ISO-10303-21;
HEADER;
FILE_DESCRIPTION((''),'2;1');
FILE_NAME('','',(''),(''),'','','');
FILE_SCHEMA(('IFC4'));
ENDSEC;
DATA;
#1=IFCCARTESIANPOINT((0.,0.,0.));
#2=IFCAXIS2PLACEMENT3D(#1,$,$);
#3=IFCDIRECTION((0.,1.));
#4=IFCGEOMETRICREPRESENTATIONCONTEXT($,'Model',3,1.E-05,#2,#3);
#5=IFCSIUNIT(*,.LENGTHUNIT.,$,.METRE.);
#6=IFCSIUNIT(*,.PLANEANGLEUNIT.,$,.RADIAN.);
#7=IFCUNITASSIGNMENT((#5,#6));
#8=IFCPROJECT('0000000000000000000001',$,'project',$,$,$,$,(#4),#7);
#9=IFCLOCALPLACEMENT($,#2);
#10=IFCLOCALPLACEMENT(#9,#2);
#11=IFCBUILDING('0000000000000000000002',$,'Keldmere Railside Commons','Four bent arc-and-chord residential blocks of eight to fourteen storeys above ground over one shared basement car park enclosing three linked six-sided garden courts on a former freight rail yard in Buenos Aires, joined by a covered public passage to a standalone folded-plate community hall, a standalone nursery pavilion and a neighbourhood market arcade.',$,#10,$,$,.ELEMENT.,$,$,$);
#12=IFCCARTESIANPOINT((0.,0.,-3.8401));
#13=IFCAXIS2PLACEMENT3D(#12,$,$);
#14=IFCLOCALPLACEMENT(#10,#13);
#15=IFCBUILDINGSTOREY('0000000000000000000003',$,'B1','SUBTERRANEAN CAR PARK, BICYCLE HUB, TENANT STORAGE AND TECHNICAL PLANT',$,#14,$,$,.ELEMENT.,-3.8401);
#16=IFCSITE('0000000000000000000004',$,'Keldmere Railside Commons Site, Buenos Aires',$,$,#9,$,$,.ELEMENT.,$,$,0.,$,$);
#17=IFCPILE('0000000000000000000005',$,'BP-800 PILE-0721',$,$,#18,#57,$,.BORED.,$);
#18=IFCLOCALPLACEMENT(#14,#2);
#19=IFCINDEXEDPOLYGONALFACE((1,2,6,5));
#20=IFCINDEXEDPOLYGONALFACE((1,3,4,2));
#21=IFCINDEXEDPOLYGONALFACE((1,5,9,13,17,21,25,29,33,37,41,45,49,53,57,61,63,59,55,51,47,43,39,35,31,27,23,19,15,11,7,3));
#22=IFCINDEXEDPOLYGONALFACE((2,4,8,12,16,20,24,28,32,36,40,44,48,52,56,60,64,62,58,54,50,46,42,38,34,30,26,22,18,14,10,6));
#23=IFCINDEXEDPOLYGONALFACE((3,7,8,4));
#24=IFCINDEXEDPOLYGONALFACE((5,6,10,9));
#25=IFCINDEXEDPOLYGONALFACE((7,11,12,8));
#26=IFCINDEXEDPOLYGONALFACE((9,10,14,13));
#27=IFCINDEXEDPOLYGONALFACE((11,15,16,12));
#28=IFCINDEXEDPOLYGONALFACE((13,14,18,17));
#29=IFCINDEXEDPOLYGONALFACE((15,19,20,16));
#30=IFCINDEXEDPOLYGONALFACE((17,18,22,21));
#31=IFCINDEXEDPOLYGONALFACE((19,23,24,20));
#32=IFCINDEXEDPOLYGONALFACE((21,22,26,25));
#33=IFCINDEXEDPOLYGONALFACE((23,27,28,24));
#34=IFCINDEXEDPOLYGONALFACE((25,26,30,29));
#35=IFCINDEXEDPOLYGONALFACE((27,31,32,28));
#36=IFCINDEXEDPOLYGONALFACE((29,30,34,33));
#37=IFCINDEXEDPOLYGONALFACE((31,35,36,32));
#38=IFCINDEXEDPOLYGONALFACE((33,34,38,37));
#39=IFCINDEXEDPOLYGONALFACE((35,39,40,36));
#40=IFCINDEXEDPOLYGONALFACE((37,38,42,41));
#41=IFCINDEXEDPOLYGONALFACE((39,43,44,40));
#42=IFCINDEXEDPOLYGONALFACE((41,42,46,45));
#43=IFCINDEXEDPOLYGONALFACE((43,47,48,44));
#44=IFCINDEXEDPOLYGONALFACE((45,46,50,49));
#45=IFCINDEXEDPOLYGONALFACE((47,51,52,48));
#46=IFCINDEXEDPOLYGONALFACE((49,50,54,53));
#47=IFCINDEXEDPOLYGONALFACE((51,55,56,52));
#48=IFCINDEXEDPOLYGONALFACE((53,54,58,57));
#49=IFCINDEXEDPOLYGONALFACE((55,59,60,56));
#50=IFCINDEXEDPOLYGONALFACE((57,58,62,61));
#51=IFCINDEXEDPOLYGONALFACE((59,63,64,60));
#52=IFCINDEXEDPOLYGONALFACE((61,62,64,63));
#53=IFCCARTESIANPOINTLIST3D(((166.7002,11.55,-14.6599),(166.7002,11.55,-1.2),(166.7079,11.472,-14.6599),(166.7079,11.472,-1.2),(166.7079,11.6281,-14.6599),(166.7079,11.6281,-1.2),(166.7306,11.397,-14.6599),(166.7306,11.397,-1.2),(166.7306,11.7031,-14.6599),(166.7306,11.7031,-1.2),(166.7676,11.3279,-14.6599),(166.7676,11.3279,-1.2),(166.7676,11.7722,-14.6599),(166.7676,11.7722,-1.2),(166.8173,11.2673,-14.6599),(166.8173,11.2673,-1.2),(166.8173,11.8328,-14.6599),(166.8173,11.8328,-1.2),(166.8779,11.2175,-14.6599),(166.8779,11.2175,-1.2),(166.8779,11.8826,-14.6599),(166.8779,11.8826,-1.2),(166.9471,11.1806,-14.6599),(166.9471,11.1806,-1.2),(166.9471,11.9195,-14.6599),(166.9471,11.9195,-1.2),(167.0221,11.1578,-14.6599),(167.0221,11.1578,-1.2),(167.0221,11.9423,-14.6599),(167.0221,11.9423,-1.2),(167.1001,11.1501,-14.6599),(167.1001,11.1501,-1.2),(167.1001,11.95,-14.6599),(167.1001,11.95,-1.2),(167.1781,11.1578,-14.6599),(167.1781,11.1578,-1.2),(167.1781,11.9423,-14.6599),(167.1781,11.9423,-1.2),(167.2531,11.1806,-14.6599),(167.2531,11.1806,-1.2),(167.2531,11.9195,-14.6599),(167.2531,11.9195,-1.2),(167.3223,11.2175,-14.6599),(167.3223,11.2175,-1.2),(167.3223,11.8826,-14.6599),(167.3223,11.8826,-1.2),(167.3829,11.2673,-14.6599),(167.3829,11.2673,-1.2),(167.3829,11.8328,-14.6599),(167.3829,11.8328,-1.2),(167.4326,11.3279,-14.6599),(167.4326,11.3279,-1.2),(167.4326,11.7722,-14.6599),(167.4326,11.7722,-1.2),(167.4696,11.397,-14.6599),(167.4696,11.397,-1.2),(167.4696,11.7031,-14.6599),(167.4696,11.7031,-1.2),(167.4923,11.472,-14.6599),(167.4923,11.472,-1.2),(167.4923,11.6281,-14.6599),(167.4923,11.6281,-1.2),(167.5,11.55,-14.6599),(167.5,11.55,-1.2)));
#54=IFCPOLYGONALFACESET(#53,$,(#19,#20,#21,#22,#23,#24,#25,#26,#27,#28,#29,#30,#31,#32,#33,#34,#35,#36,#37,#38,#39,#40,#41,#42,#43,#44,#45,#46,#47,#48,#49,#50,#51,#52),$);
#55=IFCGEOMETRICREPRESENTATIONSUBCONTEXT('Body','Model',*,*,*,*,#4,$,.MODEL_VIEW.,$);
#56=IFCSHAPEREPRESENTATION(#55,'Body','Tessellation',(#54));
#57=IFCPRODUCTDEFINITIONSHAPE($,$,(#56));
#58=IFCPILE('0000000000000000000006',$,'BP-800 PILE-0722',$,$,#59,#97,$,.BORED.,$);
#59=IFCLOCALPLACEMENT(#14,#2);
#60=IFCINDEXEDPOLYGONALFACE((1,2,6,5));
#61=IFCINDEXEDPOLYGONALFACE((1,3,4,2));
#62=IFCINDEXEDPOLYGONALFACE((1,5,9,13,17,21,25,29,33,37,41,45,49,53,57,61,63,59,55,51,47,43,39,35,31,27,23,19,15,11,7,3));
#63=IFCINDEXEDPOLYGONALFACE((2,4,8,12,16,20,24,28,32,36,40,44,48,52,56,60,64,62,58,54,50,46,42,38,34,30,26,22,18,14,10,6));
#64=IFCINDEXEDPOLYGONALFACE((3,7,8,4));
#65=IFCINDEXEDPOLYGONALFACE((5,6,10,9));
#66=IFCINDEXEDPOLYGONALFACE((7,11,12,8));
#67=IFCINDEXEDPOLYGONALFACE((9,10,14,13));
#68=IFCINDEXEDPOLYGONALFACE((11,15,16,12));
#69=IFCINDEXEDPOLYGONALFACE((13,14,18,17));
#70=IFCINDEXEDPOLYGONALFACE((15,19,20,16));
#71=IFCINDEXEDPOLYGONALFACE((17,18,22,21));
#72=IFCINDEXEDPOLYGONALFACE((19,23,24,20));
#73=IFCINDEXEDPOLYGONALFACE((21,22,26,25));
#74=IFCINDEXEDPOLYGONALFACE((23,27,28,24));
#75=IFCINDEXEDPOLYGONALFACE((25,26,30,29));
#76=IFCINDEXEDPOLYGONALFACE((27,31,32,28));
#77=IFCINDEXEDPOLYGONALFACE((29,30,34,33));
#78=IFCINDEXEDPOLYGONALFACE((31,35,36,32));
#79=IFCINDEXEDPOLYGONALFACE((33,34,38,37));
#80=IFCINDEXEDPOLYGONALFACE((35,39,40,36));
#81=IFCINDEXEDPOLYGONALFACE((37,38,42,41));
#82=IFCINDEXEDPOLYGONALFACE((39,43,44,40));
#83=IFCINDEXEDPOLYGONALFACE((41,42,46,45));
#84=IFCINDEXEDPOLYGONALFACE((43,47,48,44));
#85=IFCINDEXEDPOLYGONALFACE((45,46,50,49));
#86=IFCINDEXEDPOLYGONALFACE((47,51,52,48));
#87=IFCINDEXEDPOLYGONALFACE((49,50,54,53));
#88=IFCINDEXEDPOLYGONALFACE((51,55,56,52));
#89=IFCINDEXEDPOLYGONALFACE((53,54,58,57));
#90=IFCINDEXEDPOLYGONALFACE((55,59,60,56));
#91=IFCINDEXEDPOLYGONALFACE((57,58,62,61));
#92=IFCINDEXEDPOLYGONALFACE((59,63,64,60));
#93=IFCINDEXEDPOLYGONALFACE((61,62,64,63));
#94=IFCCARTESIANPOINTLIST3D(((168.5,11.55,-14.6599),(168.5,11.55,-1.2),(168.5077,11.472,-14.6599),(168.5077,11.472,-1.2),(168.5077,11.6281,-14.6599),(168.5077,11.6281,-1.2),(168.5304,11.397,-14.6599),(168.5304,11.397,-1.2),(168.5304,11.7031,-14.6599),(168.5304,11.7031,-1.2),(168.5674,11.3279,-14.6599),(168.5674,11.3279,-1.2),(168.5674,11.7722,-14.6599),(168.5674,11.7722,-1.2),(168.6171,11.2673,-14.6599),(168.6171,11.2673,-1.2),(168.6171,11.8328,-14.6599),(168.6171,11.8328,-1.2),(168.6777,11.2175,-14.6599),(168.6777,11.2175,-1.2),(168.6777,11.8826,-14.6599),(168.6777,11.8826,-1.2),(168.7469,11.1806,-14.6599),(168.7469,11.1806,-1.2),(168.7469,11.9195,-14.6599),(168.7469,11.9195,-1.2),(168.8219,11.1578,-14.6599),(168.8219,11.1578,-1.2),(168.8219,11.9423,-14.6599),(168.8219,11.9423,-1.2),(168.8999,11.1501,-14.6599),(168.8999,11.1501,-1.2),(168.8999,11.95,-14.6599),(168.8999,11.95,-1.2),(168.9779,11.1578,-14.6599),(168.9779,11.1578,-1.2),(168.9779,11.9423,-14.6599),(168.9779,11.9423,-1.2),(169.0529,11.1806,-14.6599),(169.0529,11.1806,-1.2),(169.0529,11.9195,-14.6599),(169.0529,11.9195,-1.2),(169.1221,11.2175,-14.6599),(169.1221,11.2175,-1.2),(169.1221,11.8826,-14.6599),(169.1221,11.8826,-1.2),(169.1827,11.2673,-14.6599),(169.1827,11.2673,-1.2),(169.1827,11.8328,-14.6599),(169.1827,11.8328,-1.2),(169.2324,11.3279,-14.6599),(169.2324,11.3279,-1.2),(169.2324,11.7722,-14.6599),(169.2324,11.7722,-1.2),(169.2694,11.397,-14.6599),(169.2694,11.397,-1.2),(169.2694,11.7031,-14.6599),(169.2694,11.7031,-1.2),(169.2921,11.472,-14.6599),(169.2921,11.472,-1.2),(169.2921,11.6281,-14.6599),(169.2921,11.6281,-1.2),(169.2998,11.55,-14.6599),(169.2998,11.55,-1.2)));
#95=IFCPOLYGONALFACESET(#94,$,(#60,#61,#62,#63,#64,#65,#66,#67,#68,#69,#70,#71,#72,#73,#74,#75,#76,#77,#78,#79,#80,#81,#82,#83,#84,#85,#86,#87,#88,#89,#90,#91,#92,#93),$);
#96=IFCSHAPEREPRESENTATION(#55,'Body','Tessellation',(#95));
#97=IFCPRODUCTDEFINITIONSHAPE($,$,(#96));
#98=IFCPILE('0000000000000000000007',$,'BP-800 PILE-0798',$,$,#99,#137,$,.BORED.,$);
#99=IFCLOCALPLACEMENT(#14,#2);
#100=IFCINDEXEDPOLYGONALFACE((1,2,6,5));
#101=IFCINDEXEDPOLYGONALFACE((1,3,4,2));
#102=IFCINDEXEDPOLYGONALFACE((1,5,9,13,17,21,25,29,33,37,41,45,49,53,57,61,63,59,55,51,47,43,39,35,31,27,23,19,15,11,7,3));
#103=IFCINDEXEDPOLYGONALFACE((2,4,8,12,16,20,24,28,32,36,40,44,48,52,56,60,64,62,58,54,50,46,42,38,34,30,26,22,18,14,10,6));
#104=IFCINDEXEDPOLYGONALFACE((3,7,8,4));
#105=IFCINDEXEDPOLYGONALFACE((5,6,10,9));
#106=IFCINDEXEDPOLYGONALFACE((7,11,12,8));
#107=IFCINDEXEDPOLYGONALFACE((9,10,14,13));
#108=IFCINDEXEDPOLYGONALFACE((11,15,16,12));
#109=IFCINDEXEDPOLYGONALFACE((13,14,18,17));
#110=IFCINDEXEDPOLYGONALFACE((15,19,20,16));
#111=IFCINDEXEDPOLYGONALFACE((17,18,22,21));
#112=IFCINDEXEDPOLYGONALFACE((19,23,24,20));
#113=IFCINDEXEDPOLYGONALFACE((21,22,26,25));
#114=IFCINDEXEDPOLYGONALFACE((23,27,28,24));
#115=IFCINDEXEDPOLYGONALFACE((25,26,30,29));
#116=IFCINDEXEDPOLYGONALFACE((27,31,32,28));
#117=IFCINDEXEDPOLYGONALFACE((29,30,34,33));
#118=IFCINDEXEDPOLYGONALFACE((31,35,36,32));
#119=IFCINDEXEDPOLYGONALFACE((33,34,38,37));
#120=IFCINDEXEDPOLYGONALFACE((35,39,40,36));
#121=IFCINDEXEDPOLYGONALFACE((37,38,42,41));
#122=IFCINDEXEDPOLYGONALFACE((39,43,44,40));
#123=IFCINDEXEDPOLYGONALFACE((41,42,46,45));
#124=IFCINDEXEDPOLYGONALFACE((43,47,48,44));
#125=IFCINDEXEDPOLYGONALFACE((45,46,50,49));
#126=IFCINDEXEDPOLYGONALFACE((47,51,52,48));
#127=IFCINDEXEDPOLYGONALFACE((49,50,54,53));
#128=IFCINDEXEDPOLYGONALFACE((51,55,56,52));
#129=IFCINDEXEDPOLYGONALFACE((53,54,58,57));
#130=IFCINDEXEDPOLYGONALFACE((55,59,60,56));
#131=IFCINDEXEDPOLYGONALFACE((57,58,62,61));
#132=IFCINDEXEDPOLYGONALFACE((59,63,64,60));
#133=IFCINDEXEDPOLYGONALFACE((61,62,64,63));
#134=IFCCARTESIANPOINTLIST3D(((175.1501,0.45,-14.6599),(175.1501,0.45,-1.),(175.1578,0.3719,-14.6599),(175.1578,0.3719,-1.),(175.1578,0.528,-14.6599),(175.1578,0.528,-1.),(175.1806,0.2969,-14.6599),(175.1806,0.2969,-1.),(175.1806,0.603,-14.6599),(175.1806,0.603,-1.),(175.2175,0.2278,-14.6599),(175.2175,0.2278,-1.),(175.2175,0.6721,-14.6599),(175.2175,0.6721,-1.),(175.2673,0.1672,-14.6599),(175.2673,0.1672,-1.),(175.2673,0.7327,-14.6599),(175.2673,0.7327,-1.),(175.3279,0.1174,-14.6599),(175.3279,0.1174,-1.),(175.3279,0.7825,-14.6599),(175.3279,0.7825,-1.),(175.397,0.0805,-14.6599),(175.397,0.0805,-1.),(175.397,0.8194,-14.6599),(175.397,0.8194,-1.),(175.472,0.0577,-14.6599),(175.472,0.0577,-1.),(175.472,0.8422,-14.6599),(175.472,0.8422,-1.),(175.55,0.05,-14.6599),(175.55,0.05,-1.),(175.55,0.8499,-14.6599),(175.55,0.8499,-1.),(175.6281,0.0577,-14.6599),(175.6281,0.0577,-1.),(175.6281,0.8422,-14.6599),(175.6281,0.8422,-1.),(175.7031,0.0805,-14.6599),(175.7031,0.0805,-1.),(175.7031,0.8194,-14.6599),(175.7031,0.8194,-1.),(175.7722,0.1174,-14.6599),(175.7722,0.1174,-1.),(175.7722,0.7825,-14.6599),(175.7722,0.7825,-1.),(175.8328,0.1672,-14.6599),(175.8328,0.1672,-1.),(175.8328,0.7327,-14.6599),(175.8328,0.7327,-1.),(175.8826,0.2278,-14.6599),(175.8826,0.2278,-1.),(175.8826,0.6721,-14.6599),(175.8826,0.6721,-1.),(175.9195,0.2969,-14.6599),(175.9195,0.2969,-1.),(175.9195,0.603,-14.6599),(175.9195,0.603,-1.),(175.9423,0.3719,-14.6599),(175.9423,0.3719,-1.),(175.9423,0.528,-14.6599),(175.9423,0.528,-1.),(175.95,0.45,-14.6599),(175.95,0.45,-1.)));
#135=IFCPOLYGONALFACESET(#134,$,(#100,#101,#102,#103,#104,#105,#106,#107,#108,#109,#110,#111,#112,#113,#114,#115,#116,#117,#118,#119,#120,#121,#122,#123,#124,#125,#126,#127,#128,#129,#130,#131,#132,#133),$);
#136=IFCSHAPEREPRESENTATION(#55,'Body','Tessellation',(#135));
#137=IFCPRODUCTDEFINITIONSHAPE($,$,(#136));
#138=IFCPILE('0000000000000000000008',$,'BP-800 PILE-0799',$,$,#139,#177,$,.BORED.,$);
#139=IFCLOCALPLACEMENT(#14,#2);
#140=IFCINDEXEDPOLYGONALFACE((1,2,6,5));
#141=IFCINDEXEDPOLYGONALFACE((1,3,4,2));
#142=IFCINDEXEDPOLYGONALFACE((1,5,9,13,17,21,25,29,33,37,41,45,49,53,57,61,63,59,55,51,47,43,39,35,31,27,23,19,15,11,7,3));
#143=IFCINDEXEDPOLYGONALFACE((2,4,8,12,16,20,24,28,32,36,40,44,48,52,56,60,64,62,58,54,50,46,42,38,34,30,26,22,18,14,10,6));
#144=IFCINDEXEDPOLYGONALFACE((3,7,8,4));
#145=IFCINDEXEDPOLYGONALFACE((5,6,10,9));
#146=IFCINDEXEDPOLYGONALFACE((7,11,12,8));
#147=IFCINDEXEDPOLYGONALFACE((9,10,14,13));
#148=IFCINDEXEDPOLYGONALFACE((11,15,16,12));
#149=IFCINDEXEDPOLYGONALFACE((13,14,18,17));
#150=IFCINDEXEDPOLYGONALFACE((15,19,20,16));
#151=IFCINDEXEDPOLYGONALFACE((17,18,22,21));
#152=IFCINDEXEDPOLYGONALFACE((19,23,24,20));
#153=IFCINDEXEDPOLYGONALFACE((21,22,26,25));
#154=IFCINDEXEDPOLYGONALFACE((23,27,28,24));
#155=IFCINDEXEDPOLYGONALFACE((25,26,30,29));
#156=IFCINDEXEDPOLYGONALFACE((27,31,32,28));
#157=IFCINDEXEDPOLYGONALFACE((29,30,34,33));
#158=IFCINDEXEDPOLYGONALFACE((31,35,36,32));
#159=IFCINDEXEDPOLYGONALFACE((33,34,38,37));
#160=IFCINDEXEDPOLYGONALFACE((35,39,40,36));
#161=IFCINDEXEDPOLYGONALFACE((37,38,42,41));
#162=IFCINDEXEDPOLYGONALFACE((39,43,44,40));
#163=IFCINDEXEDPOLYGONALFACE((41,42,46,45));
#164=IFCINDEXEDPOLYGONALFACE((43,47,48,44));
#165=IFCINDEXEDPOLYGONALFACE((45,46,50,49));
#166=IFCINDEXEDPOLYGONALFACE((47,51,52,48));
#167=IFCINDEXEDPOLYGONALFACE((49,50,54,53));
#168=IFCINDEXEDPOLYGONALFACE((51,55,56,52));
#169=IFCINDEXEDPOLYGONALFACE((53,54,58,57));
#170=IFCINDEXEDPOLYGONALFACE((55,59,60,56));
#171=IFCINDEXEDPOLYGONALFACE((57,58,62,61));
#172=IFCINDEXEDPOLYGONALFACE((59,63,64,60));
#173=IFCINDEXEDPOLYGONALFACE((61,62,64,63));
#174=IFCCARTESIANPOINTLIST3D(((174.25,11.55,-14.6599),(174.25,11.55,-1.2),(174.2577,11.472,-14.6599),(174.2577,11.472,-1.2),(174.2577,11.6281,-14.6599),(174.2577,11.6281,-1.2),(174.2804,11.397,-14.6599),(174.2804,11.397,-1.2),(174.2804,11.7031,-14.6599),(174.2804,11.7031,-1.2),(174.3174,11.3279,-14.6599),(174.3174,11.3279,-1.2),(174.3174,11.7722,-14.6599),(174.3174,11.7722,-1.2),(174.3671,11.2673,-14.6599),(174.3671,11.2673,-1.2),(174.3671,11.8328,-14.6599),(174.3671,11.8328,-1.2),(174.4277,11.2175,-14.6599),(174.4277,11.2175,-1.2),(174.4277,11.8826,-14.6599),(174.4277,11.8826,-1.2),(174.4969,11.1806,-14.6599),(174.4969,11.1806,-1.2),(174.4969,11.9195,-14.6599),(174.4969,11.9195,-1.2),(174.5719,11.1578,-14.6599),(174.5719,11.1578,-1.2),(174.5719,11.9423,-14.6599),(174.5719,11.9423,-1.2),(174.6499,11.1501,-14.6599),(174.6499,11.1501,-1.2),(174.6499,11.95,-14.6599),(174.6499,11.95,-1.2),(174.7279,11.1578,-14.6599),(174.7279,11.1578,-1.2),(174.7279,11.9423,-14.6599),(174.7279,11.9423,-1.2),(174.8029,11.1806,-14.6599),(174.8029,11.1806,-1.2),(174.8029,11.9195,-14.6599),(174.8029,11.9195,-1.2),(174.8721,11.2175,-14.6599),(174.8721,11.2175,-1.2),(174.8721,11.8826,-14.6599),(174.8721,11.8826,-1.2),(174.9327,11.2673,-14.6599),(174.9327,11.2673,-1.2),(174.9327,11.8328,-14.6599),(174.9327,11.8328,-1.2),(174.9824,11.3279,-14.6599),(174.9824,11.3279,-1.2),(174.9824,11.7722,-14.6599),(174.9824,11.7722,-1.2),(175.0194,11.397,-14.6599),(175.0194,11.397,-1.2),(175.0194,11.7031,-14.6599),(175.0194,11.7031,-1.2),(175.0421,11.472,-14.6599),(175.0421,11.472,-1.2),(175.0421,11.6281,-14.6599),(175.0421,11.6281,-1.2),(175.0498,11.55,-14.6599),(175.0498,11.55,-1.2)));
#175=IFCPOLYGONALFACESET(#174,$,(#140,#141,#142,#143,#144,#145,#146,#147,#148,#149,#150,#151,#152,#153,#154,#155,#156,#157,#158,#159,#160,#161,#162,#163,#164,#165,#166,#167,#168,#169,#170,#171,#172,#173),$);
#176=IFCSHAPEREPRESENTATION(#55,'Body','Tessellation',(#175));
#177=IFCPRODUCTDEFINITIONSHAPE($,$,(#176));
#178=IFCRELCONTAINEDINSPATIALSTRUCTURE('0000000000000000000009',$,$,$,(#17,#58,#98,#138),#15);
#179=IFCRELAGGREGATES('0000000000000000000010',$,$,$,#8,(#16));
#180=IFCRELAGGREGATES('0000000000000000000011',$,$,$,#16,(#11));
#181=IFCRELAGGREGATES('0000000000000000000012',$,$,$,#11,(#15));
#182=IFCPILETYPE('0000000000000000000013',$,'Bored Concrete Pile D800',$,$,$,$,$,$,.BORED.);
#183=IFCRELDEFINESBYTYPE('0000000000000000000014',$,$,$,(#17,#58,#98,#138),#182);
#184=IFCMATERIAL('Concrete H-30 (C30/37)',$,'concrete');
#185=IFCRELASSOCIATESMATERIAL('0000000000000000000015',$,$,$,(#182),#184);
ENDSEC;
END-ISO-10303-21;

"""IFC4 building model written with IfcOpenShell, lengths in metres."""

from ifc_helpers import new_model, si_unit, direction, frame, origin, origin_2d, place, context, subcontext, project, spatial, circle, extrude, material, material_profile, profile_set, type_object, element, save


model = new_model("IFC4")

# Units and contexts
model_context = context("Model", 3, precision=1e-05, world=origin(), true_north=direction((0.0, 1.0)))
body_context = subcontext(model_context, "Body", "Model", "MODEL_VIEW")
ifc_project = project(units=[si_unit("LENGTHUNIT", "METRE"), si_unit("PLANEANGLEUNIT", "RADIAN")], contexts=[model_context])

# Site, building, storey
site_placement = place(None, origin())
site = spatial("IfcSite", under=ifc_project, at=site_placement, Name="Keldmere Railside Commons Site, Buenos Aires", CompositionType="ELEMENT", RefElevation=0.0)
building_placement = place(site_placement, origin())
building = spatial("IfcBuilding", under=site, at=building_placement, Name="Keldmere Railside Commons", Description="Four bent arc-and-chord residential blocks of eight to fourteen storeys above ground over one shared basement car park enclosing three linked six-sided garden courts on a former freight rail yard in Buenos Aires, joined by a covered public passage to a standalone folded-plate community hall, a standalone nursery pavilion and a neighbourhood market arcade.", CompositionType="ELEMENT")
storey_placement = place(building_placement, frame((0.0, 0.0, -3.8401)))
storey = spatial("IfcBuildingStorey", under=building, at=storey_placement, Name="B1", Description="SUBTERRANEAN CAR PARK, BICYCLE HUB, TENANT STORAGE AND TECHNICAL PLANT", CompositionType="ELEMENT", Elevation=-3.8401)

# Piles
ifc_material_1 = material(Name="Concrete H-30 (C30/37)", Category="concrete")
ifc_material_profile_1 = material_profile(ifc_material_1, circle(Radius=0.3999, at=origin_2d()), Name="PILE-D800")
ifc_profile_set_1 = profile_set([ifc_material_profile_1], Name="Concrete H-30 (C30/37)")
pile_type = type_object("IfcPileType", Name="Bored Concrete Pile D800", PredefinedType="BORED", material=ifc_profile_set_1)
for number, where, z_axis, x_axis, name in (
    (1, (167.1001, 11.55, -1.2), (0.0, 0.0, -1.0), (1.0, 0.0, 0.0), "BP-800 PILE-0721"),
    (2, (168.8999, 11.55, -1.2), (0.0, 0.0, -1.0), (1.0, 0.0, 0.0), "BP-800 PILE-0722"),
):
    element("IfcPile", number, at=place(storey_placement, frame(where, z_axis=z_axis, x_axis=x_axis)), inside=storey, type_object=pile_type, Name=name, PredefinedType="BORED", context=body_context, shape_type="SweptSolid", body=[
        extrude(circle(Radius=0.3999, at=origin_2d()), origin(), (0.0, 0.0, 1.0), 13.46),
    ])
pile_1_placement = place(storey_placement, frame((175.55, 0.45, -1.0), z_axis=(0.0, 0.0, -1.0), x_axis=(1.0, 0.0, 0.0)))
element("IfcPile", 3, at=pile_1_placement, inside=storey, type_object=pile_type, Name="BP-800 PILE-0798", PredefinedType="BORED", context=body_context, shape_type="SweptSolid", body=[
    extrude(circle(Radius=0.3999, at=origin_2d()), origin(), (0.0, 0.0, 1.0), 13.6599),
])
for number, where, z_axis, x_axis, name in (
    (4, (174.6499, 11.55, -1.2), (0.0, 0.0, -1.0), (1.0, 0.0, 0.0), "BP-800 PILE-0799"),
):
    element("IfcPile", number, at=place(storey_placement, frame(where, z_axis=z_axis, x_axis=x_axis)), inside=storey, type_object=pile_type, Name=name, PredefinedType="BORED", context=body_context, shape_type="SweptSolid", body=[
        extrude(circle(Radius=0.3999, at=origin_2d()), origin(), (0.0, 0.0, 1.0), 13.46),
    ])

save(model, "model.ifc")
